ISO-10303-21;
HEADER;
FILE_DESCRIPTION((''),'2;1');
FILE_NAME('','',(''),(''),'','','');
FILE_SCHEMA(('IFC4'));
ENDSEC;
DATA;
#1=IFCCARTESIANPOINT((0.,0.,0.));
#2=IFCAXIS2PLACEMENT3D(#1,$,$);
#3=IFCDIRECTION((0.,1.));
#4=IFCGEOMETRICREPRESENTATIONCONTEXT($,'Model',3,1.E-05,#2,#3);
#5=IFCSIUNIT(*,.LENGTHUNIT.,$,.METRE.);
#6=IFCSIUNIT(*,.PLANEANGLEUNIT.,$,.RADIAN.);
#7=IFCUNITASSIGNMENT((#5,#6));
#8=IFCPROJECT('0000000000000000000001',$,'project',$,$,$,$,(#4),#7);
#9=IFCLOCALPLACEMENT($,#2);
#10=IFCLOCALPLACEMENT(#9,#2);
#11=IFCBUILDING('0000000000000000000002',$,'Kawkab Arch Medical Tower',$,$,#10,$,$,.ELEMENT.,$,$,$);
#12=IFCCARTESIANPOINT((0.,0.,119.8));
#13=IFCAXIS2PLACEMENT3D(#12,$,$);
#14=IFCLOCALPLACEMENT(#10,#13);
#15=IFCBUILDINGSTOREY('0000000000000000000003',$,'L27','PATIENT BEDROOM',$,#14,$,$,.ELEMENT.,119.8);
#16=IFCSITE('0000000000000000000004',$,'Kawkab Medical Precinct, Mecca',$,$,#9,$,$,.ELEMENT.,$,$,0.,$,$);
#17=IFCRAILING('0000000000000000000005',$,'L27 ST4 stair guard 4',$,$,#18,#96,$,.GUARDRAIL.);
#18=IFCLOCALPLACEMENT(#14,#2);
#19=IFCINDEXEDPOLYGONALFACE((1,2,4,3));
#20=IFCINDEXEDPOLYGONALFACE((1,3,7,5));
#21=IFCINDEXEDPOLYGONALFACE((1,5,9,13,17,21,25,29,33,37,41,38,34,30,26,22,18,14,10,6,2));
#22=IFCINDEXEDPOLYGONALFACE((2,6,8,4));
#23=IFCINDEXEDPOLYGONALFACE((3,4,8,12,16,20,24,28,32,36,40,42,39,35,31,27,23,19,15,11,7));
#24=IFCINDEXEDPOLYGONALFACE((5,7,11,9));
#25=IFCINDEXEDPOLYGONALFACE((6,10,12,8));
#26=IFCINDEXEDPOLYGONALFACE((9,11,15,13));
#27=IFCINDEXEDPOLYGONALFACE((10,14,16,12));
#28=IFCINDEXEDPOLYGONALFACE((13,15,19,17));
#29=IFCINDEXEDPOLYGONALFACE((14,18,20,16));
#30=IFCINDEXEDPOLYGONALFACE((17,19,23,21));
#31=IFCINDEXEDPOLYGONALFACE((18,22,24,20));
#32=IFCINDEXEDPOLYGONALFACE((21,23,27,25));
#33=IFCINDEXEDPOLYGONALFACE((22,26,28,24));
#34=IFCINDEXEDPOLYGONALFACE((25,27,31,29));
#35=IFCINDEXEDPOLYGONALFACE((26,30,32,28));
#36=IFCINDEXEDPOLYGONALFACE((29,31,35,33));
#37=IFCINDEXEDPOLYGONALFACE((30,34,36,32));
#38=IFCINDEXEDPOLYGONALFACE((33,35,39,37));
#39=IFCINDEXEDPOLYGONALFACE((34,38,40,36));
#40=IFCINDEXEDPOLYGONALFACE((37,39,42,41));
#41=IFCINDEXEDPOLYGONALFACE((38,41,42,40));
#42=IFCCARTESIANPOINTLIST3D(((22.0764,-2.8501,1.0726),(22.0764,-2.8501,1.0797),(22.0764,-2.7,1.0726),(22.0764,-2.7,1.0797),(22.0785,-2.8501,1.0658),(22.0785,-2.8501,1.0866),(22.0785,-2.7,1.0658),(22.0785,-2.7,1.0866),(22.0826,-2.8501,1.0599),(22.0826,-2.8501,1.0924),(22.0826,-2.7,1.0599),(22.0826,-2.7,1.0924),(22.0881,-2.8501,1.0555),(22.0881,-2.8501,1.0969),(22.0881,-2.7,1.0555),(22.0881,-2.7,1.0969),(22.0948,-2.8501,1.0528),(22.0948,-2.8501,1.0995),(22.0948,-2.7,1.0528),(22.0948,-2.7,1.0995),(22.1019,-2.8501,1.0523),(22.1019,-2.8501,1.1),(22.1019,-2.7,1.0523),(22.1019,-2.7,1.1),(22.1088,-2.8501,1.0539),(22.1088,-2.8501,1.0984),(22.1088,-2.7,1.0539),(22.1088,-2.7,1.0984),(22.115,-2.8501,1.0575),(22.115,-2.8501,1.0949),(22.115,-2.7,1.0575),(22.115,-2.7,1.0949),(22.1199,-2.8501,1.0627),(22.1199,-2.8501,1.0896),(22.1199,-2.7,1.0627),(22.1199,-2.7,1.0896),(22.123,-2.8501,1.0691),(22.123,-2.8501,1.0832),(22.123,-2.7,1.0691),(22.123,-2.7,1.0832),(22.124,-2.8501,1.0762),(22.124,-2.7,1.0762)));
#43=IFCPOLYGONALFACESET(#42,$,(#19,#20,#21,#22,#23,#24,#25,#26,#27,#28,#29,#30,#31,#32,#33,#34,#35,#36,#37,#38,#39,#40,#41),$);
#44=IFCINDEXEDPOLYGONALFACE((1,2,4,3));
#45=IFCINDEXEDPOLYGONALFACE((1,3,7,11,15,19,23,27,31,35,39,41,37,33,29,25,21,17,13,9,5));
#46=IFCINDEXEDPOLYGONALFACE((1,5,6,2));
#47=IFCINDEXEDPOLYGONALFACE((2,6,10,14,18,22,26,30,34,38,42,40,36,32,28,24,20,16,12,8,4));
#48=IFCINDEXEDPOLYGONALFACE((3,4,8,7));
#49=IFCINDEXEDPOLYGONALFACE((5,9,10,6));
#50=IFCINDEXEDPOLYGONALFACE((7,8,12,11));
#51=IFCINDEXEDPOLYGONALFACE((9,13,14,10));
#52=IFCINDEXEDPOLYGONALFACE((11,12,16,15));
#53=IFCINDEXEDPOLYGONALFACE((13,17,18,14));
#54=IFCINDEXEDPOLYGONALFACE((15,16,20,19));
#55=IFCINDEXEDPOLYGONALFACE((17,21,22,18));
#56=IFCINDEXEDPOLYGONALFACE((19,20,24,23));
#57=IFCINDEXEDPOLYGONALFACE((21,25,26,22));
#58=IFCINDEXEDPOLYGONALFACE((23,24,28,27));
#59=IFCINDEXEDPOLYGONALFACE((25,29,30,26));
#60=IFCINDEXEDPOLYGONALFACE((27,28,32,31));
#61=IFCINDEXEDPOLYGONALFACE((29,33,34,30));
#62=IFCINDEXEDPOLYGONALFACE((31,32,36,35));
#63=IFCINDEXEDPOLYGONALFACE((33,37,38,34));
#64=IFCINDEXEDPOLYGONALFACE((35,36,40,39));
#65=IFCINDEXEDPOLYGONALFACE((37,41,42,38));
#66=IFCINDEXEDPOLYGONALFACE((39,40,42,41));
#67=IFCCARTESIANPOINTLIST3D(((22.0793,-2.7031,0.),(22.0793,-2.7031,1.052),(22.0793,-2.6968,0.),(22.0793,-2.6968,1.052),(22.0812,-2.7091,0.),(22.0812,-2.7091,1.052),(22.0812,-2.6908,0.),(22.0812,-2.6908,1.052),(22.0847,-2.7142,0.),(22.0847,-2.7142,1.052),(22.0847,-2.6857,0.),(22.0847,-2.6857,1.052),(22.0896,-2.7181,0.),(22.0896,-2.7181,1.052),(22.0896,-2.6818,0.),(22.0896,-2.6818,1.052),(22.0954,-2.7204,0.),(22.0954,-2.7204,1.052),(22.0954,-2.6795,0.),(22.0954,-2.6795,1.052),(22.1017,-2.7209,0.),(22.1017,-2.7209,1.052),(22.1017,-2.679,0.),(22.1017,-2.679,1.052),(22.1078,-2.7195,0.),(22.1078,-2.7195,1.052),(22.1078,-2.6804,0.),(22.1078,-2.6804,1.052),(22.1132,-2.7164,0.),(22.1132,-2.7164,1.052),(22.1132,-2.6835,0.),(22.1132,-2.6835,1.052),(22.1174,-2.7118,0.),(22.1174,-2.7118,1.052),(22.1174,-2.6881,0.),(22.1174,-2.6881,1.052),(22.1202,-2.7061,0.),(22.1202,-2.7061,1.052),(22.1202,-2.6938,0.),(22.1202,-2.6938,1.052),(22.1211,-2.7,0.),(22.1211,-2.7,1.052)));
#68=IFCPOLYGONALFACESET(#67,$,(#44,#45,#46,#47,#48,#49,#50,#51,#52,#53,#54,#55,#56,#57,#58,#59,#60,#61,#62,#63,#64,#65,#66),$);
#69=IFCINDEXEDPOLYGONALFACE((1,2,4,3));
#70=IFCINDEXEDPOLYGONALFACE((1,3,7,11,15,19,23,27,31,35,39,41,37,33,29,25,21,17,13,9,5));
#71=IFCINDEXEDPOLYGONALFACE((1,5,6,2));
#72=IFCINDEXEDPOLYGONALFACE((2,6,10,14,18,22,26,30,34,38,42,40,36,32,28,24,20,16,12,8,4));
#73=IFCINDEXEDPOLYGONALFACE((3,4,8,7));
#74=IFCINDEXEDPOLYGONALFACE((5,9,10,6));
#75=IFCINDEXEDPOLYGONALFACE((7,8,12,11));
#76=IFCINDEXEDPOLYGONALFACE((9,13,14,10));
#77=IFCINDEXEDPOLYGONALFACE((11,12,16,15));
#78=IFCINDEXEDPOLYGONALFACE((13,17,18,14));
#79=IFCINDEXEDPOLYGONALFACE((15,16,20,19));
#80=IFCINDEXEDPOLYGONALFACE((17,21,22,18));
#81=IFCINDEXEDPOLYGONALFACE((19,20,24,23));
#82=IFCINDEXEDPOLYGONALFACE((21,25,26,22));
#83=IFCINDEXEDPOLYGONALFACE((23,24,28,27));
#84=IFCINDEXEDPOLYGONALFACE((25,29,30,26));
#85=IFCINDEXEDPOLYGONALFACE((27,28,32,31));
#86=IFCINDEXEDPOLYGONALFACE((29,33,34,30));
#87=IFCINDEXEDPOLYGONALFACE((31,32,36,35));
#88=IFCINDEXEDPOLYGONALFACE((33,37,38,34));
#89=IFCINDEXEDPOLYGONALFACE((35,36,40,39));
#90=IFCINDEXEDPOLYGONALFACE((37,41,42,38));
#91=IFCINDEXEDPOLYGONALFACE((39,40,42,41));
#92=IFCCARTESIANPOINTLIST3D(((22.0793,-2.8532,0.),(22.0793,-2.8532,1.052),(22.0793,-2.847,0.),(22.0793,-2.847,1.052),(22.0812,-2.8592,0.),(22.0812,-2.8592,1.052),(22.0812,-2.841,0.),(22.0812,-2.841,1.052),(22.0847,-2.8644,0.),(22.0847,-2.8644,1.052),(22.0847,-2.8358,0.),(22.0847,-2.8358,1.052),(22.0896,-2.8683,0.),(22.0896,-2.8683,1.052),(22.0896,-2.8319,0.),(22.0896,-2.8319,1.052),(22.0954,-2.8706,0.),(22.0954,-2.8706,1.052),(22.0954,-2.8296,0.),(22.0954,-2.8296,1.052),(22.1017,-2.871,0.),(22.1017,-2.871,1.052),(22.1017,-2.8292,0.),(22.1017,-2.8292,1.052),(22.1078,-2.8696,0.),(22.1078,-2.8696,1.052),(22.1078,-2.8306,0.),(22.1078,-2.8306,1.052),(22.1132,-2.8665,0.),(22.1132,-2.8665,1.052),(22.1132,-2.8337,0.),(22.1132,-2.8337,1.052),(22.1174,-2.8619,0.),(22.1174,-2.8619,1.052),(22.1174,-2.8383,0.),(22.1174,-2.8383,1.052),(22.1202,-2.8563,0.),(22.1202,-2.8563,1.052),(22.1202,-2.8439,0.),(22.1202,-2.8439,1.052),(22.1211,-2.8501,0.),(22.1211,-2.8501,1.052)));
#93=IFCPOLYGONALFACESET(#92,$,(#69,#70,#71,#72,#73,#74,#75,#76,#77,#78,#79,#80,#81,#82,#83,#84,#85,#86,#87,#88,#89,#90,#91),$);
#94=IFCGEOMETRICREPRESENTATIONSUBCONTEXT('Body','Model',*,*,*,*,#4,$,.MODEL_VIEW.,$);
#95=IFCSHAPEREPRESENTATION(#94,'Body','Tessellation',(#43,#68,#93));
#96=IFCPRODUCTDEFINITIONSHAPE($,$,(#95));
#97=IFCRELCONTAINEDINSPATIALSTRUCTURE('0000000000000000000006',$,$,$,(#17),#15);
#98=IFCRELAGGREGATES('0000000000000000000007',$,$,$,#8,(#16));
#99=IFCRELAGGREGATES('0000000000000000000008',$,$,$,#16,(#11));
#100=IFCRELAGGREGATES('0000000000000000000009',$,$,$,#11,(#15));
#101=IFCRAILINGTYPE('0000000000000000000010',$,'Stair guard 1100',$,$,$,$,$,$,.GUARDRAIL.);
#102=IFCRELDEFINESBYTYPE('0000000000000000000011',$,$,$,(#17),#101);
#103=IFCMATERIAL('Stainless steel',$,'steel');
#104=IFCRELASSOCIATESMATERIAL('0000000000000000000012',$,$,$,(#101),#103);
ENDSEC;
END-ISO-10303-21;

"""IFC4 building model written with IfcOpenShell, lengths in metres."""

from ifc_helpers import new_model, si_unit, direction, frame, origin, origin_2d, place, context, subcontext, project, spatial, circle, extrude, material, type_object, element, save


model = new_model("IFC4")

# Units and contexts
model_context = context("Model", 3, precision=1e-05, world=origin(), true_north=direction((0.0, 1.0)))
body_context = subcontext(model_context, "Body", "Model", "MODEL_VIEW")
ifc_project = project(units=[si_unit("LENGTHUNIT", "METRE"), si_unit("PLANEANGLEUNIT", "RADIAN")], contexts=[model_context])

# Site, building, storey
site_placement = place(None, origin())
site = spatial("IfcSite", under=ifc_project, at=site_placement, Name="Kawkab Medical Precinct, Mecca", CompositionType="ELEMENT", RefElevation=0.0)
building_placement = place(site_placement, origin())
building = spatial("IfcBuilding", under=site, at=building_placement, Name="Kawkab Arch Medical Tower", CompositionType="ELEMENT")
storey_placement = place(building_placement, frame((0.0, 0.0, 119.8)))
storey = spatial("IfcBuildingStorey", under=building, at=storey_placement, Name="L27", Description="PATIENT BEDROOM", CompositionType="ELEMENT", Elevation=119.8)

# Railing
ifc_material_1 = material(Name="Stainless steel", Category="steel")
railing_type_1 = type_object("IfcRailingType", Name="Stair guard 1100", PredefinedType="GUARDRAIL", material=ifc_material_1)
railing_1_placement = place(storey_placement, frame((22.1001, -2.7, 0.0)))
element("IfcRailing", 1, at=railing_1_placement, inside=storey, type_object=railing_type_1, Name="L27 ST4 stair guard 4", PredefinedType="GUARDRAIL", context=body_context, shape_type="SweptSolid", body=[
    extrude(circle(Radius=0.0239, at=origin_2d()), frame((0.0, 0.0, 1.0762), z_axis=(0.0, -1.0, 0.0), x_axis=(1.0, 0.0, 0.0)), (0.0, 0.0, 1.0), 0.1501),
    extrude(circle(Radius=0.021, at=origin_2d()), origin(), (0.0, 0.0, 1.0), 1.052),
    extrude(circle(Radius=0.021, at=origin_2d()), frame((0.0, -0.1501, 0.0)), (0.0, 0.0, 1.0), 1.052),
])

save(model, "model.ifc")
